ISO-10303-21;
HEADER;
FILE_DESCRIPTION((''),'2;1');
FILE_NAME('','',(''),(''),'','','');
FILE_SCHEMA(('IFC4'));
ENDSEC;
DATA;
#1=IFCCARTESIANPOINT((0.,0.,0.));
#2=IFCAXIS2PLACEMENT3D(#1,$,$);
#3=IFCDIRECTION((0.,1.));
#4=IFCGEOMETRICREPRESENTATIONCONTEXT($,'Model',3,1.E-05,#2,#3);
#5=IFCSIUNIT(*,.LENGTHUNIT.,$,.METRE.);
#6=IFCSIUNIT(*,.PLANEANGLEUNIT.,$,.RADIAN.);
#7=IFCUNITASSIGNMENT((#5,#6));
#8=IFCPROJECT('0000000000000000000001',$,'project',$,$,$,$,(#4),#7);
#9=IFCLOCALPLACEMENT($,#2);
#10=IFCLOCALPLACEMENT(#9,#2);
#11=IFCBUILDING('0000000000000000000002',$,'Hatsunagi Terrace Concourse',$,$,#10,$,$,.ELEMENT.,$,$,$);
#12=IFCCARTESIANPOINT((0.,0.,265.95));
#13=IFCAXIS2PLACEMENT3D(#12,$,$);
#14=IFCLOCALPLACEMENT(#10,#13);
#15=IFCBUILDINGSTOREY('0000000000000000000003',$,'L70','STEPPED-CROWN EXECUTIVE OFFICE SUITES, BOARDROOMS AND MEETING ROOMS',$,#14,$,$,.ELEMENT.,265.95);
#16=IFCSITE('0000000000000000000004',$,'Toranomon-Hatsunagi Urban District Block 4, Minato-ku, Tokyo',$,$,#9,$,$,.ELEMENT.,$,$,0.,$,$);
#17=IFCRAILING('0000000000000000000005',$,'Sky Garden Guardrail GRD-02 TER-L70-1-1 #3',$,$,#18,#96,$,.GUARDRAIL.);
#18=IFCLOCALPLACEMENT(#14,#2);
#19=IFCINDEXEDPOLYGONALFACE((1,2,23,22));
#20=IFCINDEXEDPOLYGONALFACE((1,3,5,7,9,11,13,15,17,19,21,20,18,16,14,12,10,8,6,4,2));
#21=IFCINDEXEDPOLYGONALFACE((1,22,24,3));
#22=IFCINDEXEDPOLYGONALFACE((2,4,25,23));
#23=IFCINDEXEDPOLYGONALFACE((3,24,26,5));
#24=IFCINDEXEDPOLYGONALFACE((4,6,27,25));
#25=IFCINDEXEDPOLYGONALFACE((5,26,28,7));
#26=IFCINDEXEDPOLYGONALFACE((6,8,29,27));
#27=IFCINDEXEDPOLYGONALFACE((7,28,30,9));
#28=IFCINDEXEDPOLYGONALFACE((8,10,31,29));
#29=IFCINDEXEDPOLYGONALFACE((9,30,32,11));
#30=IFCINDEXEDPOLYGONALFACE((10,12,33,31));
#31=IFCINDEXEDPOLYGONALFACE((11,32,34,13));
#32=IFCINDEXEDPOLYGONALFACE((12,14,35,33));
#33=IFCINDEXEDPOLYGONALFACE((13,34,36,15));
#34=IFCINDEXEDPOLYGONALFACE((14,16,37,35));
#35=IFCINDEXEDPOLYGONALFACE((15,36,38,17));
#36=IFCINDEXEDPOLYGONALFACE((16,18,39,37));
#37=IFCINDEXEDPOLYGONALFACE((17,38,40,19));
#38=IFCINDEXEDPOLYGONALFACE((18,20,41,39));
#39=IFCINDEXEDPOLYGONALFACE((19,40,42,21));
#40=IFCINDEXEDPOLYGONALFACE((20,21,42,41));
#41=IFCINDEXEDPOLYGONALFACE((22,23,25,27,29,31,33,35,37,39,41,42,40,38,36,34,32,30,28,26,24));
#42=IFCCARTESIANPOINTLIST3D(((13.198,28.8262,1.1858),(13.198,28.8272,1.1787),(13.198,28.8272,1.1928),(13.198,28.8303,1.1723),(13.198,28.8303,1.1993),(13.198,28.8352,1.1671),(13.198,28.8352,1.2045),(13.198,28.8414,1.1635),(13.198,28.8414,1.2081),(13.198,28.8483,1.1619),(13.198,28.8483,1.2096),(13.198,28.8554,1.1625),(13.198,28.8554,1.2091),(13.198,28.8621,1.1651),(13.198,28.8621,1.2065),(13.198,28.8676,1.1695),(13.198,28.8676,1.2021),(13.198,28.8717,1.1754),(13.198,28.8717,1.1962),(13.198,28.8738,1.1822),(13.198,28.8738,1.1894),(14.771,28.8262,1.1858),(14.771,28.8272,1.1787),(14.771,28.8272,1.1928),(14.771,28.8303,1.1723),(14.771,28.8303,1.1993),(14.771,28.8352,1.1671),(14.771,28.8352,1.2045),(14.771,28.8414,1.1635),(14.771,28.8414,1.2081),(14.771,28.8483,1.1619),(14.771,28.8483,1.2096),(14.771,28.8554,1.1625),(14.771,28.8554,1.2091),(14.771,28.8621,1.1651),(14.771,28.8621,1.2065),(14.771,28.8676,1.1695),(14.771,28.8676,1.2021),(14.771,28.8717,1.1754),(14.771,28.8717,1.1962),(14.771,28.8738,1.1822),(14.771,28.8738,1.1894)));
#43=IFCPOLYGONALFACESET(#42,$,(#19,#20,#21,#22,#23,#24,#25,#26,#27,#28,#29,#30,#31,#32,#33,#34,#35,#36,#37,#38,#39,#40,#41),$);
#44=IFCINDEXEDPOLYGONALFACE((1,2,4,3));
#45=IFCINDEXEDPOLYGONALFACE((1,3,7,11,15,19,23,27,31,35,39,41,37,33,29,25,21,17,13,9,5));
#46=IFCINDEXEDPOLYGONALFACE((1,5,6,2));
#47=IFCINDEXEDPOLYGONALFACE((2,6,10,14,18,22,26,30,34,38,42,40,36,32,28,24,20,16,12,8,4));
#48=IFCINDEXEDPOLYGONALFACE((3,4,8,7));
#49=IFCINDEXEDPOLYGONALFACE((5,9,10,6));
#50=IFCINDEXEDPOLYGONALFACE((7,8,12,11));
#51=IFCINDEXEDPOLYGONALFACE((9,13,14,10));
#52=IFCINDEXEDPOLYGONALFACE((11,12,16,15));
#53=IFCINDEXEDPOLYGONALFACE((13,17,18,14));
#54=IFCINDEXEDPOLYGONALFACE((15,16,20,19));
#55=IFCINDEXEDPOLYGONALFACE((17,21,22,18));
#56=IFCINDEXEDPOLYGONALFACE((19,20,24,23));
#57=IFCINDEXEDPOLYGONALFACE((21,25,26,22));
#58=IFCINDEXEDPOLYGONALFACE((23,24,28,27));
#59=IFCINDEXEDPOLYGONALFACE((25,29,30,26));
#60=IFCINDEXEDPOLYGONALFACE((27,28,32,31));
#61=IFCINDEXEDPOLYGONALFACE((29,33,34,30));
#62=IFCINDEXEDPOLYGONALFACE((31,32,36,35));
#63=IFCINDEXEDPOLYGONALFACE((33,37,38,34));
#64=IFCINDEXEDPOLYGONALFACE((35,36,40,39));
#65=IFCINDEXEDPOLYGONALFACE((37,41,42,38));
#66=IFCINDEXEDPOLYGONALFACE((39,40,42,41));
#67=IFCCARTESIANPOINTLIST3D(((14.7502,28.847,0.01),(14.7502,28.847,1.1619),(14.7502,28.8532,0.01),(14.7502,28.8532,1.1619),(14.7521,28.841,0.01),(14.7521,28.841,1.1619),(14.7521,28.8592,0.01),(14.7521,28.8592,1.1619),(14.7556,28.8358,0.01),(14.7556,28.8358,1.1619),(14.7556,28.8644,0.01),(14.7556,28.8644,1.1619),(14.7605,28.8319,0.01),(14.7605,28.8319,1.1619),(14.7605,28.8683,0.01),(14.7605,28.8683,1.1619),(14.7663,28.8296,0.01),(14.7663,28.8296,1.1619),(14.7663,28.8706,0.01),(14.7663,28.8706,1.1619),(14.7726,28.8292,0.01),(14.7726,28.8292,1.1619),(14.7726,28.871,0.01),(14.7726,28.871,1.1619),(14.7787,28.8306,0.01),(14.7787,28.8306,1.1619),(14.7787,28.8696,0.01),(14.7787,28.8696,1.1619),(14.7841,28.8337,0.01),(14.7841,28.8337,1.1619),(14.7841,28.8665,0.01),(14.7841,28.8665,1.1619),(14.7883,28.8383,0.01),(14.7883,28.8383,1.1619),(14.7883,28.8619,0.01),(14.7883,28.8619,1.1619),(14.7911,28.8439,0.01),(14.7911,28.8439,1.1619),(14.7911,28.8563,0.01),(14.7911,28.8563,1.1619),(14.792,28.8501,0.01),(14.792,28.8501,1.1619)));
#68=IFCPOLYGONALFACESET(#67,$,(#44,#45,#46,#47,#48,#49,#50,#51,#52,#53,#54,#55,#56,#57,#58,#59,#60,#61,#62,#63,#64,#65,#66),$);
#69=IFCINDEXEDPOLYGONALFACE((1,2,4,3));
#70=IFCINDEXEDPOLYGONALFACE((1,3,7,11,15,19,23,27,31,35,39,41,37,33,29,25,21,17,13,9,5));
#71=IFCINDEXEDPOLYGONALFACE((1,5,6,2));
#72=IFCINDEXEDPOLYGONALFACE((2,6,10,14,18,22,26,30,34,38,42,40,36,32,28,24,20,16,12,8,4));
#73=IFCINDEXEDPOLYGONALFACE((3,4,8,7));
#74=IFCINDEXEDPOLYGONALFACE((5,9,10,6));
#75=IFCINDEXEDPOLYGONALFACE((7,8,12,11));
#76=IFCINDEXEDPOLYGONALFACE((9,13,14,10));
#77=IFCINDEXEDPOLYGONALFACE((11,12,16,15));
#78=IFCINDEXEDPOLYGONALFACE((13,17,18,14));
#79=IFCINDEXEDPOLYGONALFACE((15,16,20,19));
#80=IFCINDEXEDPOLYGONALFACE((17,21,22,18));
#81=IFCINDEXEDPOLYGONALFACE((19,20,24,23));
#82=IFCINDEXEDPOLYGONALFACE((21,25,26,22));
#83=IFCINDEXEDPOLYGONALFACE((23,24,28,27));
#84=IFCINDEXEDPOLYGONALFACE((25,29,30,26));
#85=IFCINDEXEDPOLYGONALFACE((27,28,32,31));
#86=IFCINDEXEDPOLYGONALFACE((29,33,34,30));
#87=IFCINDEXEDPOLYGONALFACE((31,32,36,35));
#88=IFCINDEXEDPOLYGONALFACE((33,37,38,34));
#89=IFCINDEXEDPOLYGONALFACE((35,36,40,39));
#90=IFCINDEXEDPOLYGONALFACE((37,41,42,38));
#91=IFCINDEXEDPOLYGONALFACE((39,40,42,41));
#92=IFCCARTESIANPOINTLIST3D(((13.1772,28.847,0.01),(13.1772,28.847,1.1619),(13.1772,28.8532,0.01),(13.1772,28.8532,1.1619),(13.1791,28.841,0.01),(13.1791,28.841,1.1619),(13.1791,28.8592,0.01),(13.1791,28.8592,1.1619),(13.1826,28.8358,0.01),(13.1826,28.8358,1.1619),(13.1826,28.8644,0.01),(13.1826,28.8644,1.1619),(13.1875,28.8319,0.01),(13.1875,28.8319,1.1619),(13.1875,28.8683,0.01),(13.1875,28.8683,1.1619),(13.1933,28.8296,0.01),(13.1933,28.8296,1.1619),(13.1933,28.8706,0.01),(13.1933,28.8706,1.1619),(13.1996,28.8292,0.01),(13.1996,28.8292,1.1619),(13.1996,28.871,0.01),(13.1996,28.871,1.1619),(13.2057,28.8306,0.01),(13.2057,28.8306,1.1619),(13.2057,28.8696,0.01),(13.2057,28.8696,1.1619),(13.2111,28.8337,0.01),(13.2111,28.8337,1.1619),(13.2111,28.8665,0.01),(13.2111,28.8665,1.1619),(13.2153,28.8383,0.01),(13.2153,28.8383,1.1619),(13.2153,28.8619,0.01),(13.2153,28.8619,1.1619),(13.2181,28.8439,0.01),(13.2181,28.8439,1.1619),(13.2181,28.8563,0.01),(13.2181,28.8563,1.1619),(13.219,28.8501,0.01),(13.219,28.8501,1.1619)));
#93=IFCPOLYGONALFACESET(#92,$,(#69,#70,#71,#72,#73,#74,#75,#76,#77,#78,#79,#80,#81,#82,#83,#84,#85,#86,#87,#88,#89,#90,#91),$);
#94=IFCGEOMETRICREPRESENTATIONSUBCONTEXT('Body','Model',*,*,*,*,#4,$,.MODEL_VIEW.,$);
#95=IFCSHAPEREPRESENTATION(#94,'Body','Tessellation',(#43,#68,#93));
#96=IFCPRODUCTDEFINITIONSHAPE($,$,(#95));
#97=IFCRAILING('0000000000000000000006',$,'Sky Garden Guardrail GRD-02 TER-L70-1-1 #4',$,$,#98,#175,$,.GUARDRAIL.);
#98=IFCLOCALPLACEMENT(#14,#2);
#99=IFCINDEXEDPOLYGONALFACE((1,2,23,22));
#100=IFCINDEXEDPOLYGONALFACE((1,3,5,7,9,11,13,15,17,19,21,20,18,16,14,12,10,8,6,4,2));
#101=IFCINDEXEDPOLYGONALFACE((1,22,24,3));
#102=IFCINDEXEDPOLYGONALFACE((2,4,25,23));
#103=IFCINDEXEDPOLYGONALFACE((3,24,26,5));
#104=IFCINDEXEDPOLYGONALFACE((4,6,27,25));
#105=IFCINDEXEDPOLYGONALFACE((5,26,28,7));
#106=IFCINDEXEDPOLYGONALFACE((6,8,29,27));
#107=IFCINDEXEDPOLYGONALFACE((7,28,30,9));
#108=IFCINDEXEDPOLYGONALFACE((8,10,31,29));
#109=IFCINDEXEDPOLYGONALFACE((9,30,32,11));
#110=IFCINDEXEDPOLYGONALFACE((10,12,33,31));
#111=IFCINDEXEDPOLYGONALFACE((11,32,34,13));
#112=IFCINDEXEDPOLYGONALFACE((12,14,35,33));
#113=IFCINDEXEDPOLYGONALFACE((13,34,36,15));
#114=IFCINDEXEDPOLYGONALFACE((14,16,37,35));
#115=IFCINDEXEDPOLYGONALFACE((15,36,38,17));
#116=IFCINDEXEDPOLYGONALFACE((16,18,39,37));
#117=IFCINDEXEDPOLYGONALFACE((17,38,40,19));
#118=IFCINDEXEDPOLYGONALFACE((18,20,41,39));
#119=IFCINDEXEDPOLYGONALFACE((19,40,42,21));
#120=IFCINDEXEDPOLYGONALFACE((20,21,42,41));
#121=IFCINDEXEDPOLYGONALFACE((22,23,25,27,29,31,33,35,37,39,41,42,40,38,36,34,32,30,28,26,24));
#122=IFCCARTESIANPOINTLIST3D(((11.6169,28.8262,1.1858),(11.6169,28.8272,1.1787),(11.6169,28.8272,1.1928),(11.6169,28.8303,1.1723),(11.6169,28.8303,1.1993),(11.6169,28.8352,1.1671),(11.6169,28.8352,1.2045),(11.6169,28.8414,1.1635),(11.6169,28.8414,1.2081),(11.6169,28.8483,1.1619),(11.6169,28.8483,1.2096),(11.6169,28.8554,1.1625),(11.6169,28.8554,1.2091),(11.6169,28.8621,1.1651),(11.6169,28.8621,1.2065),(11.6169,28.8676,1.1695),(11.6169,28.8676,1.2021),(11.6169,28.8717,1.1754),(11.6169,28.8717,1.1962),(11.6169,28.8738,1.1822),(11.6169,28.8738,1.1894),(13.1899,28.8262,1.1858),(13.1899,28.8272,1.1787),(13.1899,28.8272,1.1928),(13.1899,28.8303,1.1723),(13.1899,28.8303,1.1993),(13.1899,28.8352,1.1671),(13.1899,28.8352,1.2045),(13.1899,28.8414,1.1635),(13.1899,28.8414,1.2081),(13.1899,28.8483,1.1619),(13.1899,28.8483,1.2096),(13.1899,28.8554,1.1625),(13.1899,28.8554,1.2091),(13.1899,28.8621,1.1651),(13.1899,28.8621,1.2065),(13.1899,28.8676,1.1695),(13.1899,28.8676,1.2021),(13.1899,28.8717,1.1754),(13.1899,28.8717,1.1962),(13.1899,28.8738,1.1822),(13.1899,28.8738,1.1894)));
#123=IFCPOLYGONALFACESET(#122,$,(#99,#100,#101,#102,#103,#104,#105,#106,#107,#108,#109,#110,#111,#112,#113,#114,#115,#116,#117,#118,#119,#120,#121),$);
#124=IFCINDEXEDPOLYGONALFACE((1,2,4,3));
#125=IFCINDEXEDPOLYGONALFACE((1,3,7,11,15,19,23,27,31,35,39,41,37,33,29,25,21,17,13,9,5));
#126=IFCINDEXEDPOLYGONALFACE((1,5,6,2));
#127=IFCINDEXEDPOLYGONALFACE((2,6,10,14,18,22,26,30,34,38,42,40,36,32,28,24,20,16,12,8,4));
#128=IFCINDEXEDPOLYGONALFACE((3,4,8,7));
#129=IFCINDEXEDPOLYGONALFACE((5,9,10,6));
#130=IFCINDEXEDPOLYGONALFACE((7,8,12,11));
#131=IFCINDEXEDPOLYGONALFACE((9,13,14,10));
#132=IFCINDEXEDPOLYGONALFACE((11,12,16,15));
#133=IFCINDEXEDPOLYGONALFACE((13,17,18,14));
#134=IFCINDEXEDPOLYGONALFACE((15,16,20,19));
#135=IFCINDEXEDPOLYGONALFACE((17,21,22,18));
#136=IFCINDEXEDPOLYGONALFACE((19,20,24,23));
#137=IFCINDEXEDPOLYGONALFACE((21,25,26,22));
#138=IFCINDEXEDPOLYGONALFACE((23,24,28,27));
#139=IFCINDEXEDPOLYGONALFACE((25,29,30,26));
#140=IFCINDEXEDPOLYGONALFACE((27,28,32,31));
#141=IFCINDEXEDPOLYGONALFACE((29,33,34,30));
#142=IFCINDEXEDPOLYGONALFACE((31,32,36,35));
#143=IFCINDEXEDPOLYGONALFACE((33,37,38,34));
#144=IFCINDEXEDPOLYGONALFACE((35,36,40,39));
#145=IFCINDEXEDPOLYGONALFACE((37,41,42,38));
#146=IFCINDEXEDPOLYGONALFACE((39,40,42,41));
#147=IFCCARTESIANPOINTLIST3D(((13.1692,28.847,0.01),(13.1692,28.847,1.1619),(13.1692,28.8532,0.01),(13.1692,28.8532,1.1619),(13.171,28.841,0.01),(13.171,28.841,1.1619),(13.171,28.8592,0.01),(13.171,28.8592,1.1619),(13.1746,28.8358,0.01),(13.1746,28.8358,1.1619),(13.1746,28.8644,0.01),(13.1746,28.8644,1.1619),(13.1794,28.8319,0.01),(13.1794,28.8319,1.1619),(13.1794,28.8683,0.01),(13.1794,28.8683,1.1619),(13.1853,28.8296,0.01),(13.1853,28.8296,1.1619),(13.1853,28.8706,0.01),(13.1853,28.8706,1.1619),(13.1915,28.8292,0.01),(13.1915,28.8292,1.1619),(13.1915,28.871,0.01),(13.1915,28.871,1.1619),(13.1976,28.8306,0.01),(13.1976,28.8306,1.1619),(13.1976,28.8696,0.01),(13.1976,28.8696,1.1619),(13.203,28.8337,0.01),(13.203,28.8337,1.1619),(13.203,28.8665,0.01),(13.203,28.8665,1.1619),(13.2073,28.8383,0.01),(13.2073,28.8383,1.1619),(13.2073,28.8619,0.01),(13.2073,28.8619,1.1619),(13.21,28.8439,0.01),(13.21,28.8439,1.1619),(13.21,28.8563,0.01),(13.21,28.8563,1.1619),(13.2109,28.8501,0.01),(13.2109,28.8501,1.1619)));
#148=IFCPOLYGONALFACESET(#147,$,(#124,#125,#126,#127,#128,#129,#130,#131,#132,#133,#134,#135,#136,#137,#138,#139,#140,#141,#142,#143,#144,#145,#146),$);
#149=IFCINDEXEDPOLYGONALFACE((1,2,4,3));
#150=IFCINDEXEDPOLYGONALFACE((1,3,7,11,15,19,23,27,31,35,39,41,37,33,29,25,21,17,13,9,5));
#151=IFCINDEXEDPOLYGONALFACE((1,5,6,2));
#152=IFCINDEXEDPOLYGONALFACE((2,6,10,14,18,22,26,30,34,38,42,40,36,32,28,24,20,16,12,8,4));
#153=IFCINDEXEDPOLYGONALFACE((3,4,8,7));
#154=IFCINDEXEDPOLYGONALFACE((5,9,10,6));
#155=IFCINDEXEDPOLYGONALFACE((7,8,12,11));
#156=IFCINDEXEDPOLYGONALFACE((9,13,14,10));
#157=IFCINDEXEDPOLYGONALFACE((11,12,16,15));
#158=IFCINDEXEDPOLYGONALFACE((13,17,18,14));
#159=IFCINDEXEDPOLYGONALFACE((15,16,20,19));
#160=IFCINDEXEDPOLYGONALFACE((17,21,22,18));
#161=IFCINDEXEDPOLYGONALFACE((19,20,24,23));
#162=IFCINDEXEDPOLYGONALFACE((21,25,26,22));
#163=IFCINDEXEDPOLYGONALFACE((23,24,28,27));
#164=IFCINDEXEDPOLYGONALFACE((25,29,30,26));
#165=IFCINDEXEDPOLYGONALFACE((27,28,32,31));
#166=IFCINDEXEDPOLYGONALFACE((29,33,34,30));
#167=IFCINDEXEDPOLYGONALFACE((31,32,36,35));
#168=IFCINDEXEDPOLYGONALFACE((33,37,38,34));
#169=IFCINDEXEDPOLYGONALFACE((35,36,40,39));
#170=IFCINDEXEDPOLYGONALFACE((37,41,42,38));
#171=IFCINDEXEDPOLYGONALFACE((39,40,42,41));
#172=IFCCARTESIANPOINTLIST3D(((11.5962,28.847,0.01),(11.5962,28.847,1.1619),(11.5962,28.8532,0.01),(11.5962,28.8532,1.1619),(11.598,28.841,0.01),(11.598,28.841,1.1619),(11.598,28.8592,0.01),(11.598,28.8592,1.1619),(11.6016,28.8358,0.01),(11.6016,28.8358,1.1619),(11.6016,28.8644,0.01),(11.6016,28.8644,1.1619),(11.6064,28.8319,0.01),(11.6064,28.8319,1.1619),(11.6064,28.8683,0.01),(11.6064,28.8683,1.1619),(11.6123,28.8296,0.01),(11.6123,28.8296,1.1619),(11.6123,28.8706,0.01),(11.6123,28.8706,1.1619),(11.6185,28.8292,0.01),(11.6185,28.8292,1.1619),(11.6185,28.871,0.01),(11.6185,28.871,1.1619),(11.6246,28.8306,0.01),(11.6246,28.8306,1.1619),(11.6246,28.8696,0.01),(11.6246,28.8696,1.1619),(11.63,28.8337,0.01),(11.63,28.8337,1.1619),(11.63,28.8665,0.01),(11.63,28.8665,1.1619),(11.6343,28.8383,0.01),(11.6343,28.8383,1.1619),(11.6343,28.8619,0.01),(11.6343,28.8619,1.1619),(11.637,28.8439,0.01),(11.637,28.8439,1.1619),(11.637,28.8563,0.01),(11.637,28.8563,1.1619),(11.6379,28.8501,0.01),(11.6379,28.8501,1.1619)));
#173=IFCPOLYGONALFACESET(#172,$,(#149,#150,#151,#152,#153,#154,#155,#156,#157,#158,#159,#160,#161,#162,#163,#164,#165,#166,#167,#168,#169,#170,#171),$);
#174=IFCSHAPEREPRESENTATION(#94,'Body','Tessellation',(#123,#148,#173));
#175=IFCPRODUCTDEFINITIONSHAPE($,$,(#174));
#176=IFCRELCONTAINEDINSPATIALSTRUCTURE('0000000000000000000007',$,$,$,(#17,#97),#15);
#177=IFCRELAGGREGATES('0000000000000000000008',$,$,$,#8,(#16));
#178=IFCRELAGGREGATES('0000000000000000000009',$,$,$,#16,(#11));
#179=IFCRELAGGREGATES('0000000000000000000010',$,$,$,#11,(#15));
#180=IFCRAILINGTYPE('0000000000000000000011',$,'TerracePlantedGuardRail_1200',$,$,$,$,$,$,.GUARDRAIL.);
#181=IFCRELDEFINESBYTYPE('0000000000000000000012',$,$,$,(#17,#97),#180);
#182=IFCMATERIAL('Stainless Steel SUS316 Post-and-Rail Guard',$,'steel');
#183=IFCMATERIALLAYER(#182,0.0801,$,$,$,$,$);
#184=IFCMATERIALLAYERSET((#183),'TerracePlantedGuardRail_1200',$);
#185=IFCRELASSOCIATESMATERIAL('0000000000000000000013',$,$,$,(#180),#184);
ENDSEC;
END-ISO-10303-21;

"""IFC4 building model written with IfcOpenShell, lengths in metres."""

from ifc_helpers import new_model, si_unit, direction, frame, origin, origin_2d, place, context, subcontext, project, spatial, circle, extrude, material, layer, layer_set, type_object, element, save


model = new_model("IFC4")

# Units and contexts
model_context = context("Model", 3, precision=1e-05, world=origin(), true_north=direction((0.0, 1.0)))
body_context = subcontext(model_context, "Body", "Model", "MODEL_VIEW")
ifc_project = project(units=[si_unit("LENGTHUNIT", "METRE"), si_unit("PLANEANGLEUNIT", "RADIAN")], contexts=[model_context])

# Site, building, storey
site_placement = place(None, origin())
site = spatial("IfcSite", under=ifc_project, at=site_placement, Name="Toranomon-Hatsunagi Urban District Block 4, Minato-ku, Tokyo", CompositionType="ELEMENT", RefElevation=0.0)
building_placement = place(site_placement, origin())
building = spatial("IfcBuilding", under=site, at=building_placement, Name="Hatsunagi Terrace Concourse", CompositionType="ELEMENT")
storey_placement = place(building_placement, frame((0.0, 0.0, 265.95)))
storey = spatial("IfcBuildingStorey", under=building, at=storey_placement, Name="L70", Description="STEPPED-CROWN EXECUTIVE OFFICE SUITES, BOARDROOMS AND MEETING ROOMS", CompositionType="ELEMENT", Elevation=265.95)

# Railings
ifc_material_1 = material(Name="Stainless Steel SUS316 Post-and-Rail Guard", Category="steel")
ifc_layer_1 = layer(ifc_material_1, 0.0801)
ifc_layer_set_1 = layer_set([ifc_layer_1], Name="TerracePlantedGuardRail_1200")
railing_type = type_object("IfcRailingType", Name="TerracePlantedGuardRail_1200", PredefinedType="GUARDRAIL", material=ifc_layer_set_1)
for number, where, name in (
    (1, (14.771, 28.8501, 0.01), "Sky Garden Guardrail GRD-02 TER-L70-1-1 #3"),
    (2, (13.1899, 28.8501, 0.01), "Sky Garden Guardrail GRD-02 TER-L70-1-1 #4"),
):
    element("IfcRailing", number, at=place(storey_placement, frame(where)), inside=storey, type_object=railing_type, Name=name, PredefinedType="GUARDRAIL", context=body_context, shape_type="SweptSolid", body=[
        extrude(circle(Radius=0.0239, at=origin_2d()), frame((0.0, 0.0, 1.1758), z_axis=(-1.0, 0.0, 0.0), x_axis=(0.0, -1.0, 0.0)), (0.0, 0.0, 1.0), 1.573),
        extrude(circle(Radius=0.021, at=origin_2d()), origin(), (0.0, 0.0, 1.0), 1.1519),
        extrude(circle(Radius=0.021, at=origin_2d()), frame((-1.573, 0.0, 0.0)), (0.0, 0.0, 1.0), 1.1519),
    ])

save(model, "model.ifc")
